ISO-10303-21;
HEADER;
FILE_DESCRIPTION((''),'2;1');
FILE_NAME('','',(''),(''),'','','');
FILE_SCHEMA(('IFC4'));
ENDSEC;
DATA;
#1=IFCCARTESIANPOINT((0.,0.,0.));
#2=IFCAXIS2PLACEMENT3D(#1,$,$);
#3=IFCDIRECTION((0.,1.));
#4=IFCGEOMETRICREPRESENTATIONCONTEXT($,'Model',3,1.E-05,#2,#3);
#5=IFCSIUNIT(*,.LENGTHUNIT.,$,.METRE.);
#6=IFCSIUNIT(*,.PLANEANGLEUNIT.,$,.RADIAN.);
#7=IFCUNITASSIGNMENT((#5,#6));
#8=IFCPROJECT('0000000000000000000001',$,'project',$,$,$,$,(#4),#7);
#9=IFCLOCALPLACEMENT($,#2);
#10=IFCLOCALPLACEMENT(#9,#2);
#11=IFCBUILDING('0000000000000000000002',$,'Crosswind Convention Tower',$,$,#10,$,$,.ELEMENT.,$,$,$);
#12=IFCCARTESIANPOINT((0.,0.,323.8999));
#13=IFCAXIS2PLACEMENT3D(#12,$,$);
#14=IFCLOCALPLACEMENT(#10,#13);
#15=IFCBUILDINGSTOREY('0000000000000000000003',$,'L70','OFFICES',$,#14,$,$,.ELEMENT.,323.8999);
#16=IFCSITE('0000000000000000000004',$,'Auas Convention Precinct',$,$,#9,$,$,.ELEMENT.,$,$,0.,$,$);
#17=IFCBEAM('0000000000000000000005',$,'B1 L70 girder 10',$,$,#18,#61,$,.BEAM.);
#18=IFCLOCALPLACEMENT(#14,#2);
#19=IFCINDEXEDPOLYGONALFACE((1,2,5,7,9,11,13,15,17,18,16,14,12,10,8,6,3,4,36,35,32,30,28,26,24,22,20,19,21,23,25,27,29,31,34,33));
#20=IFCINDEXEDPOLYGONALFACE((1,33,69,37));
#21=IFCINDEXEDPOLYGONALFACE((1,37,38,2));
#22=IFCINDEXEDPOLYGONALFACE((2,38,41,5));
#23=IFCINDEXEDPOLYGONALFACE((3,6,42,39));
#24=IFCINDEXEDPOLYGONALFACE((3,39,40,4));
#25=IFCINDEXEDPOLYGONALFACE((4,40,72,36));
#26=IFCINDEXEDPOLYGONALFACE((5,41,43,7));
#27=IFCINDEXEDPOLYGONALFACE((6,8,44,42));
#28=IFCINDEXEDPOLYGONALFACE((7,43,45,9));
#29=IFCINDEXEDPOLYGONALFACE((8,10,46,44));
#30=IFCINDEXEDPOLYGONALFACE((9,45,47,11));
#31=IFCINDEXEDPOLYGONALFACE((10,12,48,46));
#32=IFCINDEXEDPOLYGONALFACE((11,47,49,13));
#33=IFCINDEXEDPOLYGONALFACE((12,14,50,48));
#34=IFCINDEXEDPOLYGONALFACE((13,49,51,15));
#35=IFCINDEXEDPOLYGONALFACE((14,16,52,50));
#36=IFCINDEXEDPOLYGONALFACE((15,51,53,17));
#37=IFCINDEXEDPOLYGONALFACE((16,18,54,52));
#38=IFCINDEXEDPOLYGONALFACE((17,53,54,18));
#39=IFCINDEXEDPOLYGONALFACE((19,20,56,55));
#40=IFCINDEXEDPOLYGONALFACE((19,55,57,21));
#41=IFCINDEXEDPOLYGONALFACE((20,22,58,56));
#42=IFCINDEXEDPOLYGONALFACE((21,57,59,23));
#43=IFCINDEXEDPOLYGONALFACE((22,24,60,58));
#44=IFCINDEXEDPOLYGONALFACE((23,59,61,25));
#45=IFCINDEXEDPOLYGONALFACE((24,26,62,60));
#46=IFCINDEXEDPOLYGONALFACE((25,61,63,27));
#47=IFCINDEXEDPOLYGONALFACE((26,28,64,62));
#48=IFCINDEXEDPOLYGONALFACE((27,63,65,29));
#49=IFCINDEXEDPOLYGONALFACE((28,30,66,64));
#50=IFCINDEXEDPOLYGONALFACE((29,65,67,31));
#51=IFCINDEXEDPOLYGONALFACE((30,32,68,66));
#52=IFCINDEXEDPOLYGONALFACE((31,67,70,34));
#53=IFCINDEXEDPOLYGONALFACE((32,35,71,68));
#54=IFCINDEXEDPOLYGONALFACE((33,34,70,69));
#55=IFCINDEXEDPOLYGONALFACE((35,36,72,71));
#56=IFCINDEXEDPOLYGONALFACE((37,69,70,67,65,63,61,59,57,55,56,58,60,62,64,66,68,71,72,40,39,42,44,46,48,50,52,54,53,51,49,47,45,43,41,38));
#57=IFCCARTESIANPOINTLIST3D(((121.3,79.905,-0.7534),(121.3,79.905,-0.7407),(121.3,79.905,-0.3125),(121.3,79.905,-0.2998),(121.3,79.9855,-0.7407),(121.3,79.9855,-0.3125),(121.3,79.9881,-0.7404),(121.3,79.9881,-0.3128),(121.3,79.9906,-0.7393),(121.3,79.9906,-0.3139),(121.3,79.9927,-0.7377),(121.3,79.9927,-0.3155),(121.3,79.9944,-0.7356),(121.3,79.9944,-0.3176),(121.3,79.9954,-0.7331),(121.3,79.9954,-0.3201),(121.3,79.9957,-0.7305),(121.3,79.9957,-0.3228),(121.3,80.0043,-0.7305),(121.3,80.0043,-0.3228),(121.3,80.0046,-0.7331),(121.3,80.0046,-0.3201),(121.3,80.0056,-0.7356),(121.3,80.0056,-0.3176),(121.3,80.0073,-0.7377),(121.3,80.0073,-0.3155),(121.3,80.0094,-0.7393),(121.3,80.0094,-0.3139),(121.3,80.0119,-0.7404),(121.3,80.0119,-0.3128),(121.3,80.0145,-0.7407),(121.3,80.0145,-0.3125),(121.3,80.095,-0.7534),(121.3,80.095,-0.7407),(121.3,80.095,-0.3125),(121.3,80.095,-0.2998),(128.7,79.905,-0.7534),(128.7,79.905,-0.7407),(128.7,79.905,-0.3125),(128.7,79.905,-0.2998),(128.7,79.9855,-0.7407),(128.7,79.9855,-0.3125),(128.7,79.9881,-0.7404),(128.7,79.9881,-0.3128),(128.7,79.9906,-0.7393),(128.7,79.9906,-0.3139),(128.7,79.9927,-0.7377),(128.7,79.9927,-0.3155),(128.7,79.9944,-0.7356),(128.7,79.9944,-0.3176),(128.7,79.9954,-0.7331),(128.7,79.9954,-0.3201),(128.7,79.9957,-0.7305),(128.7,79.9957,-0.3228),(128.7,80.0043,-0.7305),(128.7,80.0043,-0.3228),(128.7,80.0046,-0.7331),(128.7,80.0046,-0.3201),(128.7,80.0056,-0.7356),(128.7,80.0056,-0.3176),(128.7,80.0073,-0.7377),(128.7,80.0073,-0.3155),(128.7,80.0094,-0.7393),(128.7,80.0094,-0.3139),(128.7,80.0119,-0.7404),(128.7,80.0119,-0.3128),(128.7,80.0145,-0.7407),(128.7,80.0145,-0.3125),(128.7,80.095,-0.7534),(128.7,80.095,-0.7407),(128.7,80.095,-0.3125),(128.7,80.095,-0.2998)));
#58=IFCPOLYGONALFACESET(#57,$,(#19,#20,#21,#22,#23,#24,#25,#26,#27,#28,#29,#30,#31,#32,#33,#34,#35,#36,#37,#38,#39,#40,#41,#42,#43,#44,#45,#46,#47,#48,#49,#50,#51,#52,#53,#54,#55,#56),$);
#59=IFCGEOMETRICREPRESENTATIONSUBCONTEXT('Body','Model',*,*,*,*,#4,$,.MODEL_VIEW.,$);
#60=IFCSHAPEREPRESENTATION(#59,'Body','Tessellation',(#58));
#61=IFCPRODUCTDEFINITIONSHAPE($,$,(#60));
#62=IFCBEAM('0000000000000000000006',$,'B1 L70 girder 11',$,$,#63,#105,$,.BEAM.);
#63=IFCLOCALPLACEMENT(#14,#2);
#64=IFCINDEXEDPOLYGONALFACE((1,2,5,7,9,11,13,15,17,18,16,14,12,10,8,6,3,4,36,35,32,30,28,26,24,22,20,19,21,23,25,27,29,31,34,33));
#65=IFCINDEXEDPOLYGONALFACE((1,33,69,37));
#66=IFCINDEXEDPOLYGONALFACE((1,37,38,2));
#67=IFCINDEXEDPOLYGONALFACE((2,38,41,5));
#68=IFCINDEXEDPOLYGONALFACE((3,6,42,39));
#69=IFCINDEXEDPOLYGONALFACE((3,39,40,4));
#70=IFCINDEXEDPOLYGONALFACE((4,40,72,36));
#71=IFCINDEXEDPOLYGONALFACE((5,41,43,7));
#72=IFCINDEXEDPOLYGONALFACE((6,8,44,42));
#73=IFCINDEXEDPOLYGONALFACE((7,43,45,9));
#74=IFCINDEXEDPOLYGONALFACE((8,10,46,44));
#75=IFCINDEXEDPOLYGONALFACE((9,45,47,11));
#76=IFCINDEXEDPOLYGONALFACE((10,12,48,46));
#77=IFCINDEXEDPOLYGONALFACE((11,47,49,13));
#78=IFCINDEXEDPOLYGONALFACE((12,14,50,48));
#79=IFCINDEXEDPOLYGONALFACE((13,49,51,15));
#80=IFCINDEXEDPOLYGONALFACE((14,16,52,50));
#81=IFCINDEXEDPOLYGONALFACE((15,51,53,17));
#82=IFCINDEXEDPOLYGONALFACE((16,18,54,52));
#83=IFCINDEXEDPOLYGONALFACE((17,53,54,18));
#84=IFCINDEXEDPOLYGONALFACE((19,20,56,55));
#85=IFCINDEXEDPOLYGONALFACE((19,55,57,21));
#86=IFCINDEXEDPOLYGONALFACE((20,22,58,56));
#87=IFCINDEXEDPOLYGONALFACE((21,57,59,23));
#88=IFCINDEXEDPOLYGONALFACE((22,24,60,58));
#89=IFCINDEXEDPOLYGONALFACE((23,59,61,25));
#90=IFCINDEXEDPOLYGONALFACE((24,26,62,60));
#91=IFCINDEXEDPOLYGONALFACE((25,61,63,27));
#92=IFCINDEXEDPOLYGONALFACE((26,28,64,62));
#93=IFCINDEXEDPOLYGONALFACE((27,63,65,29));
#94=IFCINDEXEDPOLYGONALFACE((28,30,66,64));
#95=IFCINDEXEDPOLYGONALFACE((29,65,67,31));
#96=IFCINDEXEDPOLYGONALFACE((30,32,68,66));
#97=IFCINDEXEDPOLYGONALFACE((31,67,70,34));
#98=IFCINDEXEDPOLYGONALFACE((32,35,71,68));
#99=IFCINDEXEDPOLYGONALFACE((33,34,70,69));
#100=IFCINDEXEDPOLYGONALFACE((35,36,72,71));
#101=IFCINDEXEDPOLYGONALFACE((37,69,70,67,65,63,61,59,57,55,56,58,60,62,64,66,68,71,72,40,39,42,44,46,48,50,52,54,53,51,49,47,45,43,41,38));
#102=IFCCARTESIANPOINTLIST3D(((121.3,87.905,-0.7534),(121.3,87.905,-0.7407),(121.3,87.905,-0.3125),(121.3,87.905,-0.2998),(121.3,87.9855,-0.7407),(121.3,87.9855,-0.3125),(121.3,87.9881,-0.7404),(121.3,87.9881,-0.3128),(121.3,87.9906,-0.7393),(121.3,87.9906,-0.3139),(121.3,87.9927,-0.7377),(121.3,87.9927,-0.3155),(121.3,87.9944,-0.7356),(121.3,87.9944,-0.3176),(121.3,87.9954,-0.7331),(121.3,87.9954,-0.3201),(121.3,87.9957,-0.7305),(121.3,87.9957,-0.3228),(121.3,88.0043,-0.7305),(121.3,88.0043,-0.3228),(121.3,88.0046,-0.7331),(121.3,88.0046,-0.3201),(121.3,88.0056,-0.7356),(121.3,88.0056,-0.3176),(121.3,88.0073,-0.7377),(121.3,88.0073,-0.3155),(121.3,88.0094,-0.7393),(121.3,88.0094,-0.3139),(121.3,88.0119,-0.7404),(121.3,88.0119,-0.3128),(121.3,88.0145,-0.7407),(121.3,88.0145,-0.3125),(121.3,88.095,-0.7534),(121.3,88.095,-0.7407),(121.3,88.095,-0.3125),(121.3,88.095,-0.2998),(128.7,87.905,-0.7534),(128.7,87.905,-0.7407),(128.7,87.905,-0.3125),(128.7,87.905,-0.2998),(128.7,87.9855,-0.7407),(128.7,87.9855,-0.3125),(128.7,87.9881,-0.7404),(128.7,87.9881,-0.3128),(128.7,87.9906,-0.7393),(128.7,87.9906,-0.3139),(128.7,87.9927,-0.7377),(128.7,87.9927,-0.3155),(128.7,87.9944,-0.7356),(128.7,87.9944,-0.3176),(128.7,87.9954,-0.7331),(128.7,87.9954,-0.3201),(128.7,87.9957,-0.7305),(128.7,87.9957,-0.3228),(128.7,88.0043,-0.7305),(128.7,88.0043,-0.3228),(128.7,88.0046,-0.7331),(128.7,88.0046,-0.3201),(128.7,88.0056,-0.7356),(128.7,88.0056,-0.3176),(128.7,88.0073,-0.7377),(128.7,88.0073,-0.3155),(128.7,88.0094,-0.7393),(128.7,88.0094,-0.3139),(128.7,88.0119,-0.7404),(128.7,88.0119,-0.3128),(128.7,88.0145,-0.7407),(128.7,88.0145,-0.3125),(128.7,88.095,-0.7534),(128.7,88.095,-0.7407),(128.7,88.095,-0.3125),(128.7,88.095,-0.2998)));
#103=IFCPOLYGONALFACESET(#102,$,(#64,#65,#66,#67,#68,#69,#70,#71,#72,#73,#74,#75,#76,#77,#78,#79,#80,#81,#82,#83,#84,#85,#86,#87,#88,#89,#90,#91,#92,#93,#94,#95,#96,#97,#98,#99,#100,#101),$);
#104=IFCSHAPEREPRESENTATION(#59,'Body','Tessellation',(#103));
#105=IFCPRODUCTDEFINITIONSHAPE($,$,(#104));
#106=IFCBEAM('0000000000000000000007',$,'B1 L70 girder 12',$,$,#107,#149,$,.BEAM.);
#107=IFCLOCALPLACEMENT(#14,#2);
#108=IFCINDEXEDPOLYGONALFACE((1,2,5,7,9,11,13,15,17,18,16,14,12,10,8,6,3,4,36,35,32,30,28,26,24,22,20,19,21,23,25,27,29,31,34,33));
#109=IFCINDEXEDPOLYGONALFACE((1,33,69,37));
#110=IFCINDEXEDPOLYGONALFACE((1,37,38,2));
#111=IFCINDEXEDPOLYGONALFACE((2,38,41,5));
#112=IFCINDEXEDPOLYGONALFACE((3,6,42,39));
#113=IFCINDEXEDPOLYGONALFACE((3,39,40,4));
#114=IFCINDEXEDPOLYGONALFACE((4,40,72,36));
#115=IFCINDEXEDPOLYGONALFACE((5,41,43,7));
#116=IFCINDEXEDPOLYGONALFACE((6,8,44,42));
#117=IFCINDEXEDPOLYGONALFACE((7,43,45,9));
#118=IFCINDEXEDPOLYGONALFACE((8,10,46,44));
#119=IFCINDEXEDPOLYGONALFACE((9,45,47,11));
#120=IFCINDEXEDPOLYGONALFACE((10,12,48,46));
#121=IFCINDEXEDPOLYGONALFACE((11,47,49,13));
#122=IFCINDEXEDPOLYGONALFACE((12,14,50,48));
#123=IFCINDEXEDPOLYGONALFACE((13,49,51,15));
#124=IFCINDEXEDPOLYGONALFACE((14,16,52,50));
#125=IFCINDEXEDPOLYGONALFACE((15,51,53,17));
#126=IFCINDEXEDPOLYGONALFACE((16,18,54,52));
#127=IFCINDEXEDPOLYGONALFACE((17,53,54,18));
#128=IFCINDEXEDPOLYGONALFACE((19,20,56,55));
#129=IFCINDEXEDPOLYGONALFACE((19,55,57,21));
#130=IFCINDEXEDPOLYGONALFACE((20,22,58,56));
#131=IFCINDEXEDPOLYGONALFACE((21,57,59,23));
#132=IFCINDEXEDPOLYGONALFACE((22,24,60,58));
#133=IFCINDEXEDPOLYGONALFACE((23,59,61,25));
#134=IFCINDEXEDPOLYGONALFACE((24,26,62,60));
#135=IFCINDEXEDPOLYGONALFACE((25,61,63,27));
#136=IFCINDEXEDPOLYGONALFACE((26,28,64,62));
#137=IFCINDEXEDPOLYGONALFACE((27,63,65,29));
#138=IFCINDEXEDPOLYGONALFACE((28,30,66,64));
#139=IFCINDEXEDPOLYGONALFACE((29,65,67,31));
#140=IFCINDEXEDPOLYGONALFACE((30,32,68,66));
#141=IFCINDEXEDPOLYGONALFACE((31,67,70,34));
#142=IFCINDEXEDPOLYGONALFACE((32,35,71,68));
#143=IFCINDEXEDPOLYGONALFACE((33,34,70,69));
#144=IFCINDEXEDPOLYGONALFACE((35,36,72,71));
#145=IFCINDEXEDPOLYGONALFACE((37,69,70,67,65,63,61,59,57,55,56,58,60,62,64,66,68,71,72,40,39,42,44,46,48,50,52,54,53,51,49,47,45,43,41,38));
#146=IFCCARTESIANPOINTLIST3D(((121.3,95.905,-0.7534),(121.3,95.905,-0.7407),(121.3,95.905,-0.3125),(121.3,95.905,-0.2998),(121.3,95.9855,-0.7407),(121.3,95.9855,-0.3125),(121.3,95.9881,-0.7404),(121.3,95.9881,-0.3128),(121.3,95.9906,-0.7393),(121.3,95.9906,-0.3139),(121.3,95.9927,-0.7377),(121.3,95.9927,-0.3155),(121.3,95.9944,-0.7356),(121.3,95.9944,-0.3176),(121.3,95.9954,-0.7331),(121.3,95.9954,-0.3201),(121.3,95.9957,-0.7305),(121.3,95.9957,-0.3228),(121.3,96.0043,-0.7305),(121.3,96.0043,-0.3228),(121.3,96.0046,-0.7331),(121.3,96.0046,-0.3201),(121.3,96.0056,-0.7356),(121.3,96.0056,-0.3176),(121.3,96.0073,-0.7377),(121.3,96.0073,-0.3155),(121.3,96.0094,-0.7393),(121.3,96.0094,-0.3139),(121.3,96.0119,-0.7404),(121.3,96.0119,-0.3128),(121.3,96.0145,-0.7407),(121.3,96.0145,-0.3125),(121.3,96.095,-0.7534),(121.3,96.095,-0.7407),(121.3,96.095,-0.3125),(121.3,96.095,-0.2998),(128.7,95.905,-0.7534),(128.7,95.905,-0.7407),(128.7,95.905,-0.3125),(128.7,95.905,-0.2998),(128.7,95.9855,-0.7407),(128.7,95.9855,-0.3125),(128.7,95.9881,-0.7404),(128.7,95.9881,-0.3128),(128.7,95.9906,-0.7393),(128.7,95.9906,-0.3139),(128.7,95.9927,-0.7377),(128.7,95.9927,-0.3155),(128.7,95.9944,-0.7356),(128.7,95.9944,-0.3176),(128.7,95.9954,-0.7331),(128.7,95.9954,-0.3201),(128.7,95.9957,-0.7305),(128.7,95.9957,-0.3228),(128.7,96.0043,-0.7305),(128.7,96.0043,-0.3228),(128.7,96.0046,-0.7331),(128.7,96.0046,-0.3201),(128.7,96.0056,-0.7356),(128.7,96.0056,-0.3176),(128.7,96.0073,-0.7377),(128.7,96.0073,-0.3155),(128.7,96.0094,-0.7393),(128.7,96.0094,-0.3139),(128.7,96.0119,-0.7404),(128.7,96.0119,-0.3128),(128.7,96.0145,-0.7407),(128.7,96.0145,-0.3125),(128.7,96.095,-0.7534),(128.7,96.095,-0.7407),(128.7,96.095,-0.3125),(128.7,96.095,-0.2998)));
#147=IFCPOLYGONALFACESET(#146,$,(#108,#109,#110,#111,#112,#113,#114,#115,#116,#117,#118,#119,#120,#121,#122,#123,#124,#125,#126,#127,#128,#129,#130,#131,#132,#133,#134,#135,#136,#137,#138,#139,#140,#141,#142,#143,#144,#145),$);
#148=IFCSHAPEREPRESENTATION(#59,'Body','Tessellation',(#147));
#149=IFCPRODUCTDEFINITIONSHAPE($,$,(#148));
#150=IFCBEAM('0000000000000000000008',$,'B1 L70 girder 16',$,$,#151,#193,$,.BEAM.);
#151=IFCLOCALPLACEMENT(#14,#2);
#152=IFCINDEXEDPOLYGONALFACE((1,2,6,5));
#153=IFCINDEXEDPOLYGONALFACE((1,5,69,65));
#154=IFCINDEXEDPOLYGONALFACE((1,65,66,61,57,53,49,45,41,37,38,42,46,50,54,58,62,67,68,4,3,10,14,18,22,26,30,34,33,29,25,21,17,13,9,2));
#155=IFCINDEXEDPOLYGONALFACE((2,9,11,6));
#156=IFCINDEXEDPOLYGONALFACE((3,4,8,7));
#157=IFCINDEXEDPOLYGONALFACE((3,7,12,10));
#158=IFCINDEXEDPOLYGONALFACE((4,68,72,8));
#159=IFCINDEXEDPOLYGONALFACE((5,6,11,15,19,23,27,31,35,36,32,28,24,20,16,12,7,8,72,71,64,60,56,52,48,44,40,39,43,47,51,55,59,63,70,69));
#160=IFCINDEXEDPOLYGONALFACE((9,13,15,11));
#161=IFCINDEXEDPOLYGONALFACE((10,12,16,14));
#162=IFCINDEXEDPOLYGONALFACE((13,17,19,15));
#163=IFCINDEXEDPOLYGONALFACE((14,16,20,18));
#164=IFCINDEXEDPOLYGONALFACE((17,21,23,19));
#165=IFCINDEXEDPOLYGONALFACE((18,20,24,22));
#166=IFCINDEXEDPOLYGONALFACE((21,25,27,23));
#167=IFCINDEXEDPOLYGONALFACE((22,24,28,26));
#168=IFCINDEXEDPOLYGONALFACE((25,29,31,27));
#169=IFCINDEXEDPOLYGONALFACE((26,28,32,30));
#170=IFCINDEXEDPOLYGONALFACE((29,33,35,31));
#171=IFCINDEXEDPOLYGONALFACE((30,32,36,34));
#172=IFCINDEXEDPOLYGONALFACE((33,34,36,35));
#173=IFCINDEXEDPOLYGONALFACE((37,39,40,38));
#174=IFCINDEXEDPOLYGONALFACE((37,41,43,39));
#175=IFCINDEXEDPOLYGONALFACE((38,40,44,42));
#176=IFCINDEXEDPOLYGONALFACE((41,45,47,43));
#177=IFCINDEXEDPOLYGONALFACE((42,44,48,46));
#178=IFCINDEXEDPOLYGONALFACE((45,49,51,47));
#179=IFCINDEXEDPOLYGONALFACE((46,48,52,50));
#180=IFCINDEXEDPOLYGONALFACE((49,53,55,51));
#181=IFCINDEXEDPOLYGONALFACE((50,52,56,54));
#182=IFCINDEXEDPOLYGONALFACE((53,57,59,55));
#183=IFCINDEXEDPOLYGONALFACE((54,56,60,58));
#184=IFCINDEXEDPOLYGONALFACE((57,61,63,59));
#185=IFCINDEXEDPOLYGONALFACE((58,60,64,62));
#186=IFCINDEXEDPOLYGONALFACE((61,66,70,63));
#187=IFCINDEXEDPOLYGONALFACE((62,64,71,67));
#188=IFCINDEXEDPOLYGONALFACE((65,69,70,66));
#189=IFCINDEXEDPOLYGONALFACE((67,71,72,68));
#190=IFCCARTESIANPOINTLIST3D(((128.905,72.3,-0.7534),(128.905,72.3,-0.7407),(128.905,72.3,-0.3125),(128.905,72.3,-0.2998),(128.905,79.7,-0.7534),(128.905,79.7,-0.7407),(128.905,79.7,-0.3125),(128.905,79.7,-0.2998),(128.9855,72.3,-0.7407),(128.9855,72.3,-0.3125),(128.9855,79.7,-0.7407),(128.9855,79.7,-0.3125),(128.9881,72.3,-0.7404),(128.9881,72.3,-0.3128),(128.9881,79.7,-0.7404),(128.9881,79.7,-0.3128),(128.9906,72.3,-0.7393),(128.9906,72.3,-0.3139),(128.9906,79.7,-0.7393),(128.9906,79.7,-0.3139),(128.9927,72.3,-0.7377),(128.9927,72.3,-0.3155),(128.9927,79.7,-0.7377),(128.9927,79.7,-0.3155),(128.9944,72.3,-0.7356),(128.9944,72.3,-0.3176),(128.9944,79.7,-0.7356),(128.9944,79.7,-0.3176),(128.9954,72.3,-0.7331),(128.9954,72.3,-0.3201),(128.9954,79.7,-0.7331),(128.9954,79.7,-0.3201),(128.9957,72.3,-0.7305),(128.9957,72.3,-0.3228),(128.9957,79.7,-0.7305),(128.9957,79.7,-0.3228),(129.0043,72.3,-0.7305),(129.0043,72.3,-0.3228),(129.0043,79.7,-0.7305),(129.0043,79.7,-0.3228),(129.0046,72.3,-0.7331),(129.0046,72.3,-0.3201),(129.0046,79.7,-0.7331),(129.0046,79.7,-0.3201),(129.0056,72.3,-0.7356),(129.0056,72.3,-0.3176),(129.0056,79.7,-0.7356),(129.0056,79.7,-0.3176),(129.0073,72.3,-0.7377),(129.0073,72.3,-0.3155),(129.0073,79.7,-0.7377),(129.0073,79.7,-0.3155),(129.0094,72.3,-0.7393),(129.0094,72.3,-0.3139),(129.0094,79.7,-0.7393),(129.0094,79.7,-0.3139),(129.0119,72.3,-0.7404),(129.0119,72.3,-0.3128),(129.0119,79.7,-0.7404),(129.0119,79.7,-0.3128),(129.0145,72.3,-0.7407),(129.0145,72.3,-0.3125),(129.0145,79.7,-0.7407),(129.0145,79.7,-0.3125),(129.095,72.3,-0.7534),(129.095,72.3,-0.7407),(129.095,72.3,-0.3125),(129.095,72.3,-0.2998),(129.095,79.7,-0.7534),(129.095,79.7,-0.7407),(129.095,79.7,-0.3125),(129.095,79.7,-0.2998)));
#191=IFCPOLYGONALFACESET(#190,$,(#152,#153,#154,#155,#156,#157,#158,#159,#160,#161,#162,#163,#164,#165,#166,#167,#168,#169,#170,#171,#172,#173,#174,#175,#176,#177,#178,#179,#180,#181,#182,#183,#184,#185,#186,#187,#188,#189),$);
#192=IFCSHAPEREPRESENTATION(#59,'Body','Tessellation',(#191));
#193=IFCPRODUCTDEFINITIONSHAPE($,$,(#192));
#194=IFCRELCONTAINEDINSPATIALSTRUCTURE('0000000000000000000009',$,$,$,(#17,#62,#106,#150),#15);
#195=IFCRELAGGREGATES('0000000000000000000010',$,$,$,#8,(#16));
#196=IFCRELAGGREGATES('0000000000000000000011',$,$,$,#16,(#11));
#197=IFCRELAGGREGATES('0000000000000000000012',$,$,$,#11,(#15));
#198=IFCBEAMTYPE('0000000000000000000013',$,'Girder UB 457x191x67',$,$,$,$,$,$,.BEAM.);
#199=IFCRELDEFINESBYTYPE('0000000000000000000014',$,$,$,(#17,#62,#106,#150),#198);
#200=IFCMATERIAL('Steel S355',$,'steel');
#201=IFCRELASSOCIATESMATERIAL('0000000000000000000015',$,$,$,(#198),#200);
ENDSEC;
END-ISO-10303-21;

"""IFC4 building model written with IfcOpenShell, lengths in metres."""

from ifc_helpers import new_model, si_unit, direction, frame, origin, origin_2d, place, context, subcontext, project, spatial, i_section, extrude, material, material_profile, profile_set, type_object, element, save


model = new_model("IFC4")

# Units and contexts
model_context = context("Model", 3, precision=1e-05, world=origin(), true_north=direction((0.0, 1.0)))
body_context = subcontext(model_context, "Body", "Model", "MODEL_VIEW")
ifc_project = project(units=[si_unit("LENGTHUNIT", "METRE"), si_unit("PLANEANGLEUNIT", "RADIAN")], contexts=[model_context])

# Site, building, storey
site_placement = place(None, origin())
site = spatial("IfcSite", under=ifc_project, at=site_placement, Name="Auas Convention Precinct", CompositionType="ELEMENT", RefElevation=0.0)
building_placement = place(site_placement, origin())
building = spatial("IfcBuilding", under=site, at=building_placement, Name="Crosswind Convention Tower", CompositionType="ELEMENT")
storey_placement = place(building_placement, frame((0.0, 0.0, 323.8999)))
storey = spatial("IfcBuildingStorey", under=building, at=storey_placement, Name="L70", Description="OFFICES", CompositionType="ELEMENT", Elevation=323.8999)

# Beams
ifc_material_1 = material(Name="Steel S355", Category="steel")
ifc_material_profile_1 = material_profile(ifc_material_1, i_section(OverallWidth=0.1899, OverallDepth=0.4536, WebThickness=0.0085, FlangeThickness=0.0127, FilletRadius=0.0103, at=origin_2d()), Name="UB 457x191x67")
ifc_profile_set_1 = profile_set([ifc_material_profile_1], Name="Steel S355")
beam_type_1 = type_object("IfcBeamType", Name="Girder UB 457x191x67", PredefinedType="BEAM", material=ifc_profile_set_1)
for number, where, z_axis, x_axis, name in (
    (1, (121.3, 80.0, -0.5266), (1.0, 0.0, 0.0), (0.0, 1.0, 0.0), "B1 L70 girder 10"),
    (2, (121.3, 88.0, -0.5266), (1.0, 0.0, 0.0), (0.0, 1.0, 0.0), "B1 L70 girder 11"),
    (3, (121.3, 96.0, -0.5266), (1.0, 0.0, 0.0), (0.0, 1.0, 0.0), "B1 L70 girder 12"),
    (4, (129.0, 72.3, -0.5266), (0.0, 1.0, 0.0), (-1.0, 0.0, 0.0), "B1 L70 girder 16"),
):
    element("IfcBeam", number, at=place(storey_placement, frame(where, z_axis=z_axis, x_axis=x_axis)), inside=storey, type_object=beam_type_1, Name=name, PredefinedType="BEAM", context=body_context, shape_type="SweptSolid", body=[
        extrude(i_section(OverallWidth=0.1899, OverallDepth=0.4536, WebThickness=0.0085, FlangeThickness=0.0127, FilletRadius=0.0103, at=origin_2d()), origin(), (0.0, 0.0, 1.0), 7.3999),
    ])

save(model, "model.ifc")
